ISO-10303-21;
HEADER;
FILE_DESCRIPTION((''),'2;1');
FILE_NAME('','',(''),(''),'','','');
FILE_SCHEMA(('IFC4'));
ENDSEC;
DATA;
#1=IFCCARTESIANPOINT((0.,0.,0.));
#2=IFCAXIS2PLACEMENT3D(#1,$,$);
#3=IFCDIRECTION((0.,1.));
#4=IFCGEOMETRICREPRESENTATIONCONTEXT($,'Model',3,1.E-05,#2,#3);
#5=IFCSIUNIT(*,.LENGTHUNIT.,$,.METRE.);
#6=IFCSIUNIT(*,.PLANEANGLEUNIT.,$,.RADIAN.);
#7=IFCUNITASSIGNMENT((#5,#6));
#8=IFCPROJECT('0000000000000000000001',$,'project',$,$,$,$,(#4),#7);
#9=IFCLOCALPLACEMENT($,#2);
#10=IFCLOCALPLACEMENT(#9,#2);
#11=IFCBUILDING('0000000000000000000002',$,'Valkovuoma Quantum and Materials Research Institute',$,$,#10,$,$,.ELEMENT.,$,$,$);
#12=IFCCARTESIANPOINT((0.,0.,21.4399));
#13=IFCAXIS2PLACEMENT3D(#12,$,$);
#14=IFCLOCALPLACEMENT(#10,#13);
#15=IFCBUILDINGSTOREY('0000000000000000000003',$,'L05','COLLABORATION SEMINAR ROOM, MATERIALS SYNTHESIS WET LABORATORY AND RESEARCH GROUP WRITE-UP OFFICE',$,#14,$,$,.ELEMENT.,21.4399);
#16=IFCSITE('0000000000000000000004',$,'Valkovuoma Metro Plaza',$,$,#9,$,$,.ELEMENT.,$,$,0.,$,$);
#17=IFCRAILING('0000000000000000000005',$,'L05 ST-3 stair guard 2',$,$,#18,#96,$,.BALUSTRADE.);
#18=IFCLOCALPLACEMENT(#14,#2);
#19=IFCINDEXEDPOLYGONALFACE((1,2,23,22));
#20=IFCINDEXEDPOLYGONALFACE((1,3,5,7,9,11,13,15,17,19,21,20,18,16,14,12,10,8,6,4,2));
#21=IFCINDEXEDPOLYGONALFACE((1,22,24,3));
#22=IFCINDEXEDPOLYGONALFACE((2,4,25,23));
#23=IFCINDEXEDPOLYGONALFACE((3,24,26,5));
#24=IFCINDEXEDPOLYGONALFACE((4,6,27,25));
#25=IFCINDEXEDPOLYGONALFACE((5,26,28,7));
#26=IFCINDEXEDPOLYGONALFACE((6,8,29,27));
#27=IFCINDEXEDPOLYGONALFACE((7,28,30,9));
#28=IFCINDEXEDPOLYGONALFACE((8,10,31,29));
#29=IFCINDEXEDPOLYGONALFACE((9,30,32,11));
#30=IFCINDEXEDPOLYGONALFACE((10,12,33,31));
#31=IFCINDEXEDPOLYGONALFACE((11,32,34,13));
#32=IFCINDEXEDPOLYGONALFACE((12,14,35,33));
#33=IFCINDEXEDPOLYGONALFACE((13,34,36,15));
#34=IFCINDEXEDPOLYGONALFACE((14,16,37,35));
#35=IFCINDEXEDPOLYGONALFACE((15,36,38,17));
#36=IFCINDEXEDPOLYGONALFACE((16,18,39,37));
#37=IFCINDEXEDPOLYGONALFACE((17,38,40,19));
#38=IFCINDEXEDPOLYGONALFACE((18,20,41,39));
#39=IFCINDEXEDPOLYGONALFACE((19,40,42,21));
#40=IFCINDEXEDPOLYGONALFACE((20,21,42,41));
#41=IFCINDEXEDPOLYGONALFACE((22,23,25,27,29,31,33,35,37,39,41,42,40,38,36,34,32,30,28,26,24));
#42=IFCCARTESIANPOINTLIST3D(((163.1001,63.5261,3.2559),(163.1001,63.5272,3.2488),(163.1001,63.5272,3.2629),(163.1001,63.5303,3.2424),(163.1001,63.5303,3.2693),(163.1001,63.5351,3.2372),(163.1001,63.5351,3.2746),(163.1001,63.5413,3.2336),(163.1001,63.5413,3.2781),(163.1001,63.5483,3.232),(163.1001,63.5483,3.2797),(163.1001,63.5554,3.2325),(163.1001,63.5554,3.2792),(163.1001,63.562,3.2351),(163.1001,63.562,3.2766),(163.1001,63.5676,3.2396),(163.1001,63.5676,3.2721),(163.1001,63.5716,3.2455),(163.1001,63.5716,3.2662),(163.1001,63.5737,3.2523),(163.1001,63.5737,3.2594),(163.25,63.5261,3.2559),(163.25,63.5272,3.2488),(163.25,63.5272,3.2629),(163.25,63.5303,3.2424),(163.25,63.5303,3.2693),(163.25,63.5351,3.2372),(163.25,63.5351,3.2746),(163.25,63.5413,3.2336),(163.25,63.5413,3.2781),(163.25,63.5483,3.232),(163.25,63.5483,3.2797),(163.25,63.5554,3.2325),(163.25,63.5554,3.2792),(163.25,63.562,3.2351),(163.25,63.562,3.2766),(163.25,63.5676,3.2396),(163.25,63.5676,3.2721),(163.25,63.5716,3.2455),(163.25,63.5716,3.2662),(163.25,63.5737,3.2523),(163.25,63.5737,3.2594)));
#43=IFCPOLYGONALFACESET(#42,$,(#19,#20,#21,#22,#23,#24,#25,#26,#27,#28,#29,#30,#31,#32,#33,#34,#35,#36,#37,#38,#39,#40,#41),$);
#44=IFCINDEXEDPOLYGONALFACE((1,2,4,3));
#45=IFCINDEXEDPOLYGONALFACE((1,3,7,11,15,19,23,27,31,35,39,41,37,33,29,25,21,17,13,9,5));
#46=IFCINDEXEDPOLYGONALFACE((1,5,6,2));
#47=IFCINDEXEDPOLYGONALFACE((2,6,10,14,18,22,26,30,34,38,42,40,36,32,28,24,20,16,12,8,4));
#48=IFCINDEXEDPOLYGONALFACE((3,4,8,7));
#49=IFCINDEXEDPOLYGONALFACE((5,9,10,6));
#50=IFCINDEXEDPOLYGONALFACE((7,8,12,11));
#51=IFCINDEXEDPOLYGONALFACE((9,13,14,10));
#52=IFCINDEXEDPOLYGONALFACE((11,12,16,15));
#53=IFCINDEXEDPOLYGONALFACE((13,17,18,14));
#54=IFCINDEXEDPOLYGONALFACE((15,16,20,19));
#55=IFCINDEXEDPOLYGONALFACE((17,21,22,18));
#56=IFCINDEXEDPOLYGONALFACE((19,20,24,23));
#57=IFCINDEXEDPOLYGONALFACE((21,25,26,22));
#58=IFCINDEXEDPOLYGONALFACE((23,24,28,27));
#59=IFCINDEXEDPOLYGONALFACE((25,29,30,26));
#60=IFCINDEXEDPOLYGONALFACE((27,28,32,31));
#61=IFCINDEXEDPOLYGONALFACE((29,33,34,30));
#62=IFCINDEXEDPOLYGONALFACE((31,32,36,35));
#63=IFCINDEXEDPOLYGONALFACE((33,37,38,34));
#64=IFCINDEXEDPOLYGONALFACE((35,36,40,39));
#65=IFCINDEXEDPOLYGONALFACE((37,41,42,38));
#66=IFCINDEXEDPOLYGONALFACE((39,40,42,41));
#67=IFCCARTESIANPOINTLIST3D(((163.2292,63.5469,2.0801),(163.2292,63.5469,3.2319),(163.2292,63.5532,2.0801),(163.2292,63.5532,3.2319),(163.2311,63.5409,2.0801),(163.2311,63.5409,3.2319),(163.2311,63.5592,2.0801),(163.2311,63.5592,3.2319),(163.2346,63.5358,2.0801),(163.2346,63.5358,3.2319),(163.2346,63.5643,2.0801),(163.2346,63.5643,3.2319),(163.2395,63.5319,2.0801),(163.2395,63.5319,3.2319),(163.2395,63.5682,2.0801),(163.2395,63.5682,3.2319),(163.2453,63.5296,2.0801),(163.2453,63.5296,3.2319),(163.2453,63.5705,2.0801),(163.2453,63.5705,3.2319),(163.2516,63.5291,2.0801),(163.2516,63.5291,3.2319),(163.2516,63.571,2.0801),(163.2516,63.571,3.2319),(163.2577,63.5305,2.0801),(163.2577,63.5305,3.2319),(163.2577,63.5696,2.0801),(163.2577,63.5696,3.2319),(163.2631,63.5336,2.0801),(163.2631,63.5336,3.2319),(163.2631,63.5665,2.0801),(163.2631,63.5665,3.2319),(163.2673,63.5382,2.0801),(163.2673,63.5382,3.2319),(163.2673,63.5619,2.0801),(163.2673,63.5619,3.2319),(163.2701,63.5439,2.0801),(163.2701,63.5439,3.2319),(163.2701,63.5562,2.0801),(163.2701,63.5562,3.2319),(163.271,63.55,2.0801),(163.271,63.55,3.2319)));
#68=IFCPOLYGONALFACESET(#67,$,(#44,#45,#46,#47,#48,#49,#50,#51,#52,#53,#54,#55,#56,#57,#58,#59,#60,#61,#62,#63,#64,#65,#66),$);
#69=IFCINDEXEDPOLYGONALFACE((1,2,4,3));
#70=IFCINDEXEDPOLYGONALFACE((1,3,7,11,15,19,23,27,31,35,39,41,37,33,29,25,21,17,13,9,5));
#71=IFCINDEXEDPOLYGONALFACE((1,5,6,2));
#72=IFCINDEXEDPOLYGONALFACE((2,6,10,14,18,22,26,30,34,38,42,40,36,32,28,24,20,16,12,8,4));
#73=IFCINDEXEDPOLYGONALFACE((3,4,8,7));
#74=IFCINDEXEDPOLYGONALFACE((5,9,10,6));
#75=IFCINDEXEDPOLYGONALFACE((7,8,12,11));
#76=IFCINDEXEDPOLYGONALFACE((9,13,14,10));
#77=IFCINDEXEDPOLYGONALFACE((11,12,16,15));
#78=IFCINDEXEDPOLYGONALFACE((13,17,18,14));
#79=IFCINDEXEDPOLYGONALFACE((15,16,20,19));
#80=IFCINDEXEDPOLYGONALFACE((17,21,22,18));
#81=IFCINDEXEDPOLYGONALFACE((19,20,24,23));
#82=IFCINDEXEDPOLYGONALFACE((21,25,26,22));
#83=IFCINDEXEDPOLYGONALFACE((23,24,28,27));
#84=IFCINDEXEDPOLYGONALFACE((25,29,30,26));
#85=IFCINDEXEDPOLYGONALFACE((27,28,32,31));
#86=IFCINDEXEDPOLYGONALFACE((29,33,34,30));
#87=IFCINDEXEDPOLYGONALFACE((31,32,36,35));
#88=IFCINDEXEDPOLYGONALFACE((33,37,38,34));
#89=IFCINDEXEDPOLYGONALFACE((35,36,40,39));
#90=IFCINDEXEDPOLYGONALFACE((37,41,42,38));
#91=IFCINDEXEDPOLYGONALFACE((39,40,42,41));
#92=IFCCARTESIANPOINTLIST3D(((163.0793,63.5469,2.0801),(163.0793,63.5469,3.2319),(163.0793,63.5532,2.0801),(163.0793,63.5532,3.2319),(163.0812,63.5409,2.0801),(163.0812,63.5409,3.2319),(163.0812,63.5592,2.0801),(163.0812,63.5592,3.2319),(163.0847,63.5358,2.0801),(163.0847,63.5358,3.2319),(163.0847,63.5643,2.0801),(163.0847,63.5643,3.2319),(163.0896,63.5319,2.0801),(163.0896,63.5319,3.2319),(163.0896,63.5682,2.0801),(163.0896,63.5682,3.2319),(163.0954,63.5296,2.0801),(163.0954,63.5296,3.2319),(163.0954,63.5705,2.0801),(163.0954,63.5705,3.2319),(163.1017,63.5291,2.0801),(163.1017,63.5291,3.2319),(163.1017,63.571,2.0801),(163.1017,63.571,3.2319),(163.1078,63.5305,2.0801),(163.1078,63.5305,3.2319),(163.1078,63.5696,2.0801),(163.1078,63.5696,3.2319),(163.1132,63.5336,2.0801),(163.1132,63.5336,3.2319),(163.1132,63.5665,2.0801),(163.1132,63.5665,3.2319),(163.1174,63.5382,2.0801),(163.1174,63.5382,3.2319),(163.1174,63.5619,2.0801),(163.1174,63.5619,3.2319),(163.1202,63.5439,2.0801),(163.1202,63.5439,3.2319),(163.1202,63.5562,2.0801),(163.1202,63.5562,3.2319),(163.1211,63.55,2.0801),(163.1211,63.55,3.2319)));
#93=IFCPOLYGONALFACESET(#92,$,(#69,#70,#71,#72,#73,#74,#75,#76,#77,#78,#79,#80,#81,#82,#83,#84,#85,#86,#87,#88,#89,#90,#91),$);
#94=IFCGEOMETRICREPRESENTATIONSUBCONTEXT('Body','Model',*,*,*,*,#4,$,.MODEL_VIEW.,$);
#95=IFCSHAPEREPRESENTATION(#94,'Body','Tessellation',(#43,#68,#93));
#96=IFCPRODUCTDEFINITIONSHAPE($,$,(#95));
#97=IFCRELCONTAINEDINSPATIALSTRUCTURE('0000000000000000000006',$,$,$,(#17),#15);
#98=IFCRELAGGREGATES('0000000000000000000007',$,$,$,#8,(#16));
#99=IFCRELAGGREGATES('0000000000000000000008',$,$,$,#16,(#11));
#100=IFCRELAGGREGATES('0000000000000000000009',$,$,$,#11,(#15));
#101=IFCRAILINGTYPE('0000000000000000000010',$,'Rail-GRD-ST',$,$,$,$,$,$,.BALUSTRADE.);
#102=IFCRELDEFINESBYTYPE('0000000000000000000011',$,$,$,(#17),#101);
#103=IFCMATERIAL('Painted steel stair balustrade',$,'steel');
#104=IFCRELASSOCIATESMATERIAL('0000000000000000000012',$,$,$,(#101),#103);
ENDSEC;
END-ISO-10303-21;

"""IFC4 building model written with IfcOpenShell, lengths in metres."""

from ifc_helpers import new_model, si_unit, direction, frame, origin, origin_2d, place, context, subcontext, project, spatial, circle, extrude, material, type_object, element, save


model = new_model("IFC4")

# Units and contexts
model_context = context("Model", 3, precision=1e-05, world=origin(), true_north=direction((0.0, 1.0)))
body_context = subcontext(model_context, "Body", "Model", "MODEL_VIEW")
ifc_project = project(units=[si_unit("LENGTHUNIT", "METRE"), si_unit("PLANEANGLEUNIT", "RADIAN")], contexts=[model_context])

# Site, building, storey
site_placement = place(None, origin())
site = spatial("IfcSite", under=ifc_project, at=site_placement, Name="Valkovuoma Metro Plaza", CompositionType="ELEMENT", RefElevation=0.0)
building_placement = place(site_placement, origin())
building = spatial("IfcBuilding", under=site, at=building_placement, Name="Valkovuoma Quantum and Materials Research Institute", CompositionType="ELEMENT")
storey_placement = place(building_placement, frame((0.0, 0.0, 21.4399)))
storey = spatial("IfcBuildingStorey", under=building, at=storey_placement, Name="L05", Description="COLLABORATION SEMINAR ROOM, MATERIALS SYNTHESIS WET LABORATORY AND RESEARCH GROUP WRITE-UP OFFICE", CompositionType="ELEMENT", Elevation=21.4399)

# Railing
ifc_material_1 = material(Name="Painted steel stair balustrade", Category="steel")
railing_type = type_object("IfcRailingType", Name="Rail-GRD-ST", PredefinedType="BALUSTRADE", material=ifc_material_1)
railing_1_placement = place(storey_placement, frame((163.25, 63.55, 2.0801)))
element("IfcRailing", 1, at=railing_1_placement, inside=storey, type_object=railing_type, Name="L05 ST-3 stair guard 2", PredefinedType="BALUSTRADE", context=body_context, shape_type="SweptSolid", body=[
    extrude(circle(Radius=0.0239, at=origin_2d()), frame((0.0, 0.0, 1.1758), z_axis=(-1.0, 0.0, 0.0), x_axis=(0.0, -1.0, 0.0)), (0.0, 0.0, 1.0), 0.1499),
    extrude(circle(Radius=0.021, at=origin_2d()), origin(), (0.0, 0.0, 1.0), 1.1519),
    extrude(circle(Radius=0.021, at=origin_2d()), frame((-0.1499, 0.0, 0.0)), (0.0, 0.0, 1.0), 1.1519),
])

save(model, "model.ifc")
